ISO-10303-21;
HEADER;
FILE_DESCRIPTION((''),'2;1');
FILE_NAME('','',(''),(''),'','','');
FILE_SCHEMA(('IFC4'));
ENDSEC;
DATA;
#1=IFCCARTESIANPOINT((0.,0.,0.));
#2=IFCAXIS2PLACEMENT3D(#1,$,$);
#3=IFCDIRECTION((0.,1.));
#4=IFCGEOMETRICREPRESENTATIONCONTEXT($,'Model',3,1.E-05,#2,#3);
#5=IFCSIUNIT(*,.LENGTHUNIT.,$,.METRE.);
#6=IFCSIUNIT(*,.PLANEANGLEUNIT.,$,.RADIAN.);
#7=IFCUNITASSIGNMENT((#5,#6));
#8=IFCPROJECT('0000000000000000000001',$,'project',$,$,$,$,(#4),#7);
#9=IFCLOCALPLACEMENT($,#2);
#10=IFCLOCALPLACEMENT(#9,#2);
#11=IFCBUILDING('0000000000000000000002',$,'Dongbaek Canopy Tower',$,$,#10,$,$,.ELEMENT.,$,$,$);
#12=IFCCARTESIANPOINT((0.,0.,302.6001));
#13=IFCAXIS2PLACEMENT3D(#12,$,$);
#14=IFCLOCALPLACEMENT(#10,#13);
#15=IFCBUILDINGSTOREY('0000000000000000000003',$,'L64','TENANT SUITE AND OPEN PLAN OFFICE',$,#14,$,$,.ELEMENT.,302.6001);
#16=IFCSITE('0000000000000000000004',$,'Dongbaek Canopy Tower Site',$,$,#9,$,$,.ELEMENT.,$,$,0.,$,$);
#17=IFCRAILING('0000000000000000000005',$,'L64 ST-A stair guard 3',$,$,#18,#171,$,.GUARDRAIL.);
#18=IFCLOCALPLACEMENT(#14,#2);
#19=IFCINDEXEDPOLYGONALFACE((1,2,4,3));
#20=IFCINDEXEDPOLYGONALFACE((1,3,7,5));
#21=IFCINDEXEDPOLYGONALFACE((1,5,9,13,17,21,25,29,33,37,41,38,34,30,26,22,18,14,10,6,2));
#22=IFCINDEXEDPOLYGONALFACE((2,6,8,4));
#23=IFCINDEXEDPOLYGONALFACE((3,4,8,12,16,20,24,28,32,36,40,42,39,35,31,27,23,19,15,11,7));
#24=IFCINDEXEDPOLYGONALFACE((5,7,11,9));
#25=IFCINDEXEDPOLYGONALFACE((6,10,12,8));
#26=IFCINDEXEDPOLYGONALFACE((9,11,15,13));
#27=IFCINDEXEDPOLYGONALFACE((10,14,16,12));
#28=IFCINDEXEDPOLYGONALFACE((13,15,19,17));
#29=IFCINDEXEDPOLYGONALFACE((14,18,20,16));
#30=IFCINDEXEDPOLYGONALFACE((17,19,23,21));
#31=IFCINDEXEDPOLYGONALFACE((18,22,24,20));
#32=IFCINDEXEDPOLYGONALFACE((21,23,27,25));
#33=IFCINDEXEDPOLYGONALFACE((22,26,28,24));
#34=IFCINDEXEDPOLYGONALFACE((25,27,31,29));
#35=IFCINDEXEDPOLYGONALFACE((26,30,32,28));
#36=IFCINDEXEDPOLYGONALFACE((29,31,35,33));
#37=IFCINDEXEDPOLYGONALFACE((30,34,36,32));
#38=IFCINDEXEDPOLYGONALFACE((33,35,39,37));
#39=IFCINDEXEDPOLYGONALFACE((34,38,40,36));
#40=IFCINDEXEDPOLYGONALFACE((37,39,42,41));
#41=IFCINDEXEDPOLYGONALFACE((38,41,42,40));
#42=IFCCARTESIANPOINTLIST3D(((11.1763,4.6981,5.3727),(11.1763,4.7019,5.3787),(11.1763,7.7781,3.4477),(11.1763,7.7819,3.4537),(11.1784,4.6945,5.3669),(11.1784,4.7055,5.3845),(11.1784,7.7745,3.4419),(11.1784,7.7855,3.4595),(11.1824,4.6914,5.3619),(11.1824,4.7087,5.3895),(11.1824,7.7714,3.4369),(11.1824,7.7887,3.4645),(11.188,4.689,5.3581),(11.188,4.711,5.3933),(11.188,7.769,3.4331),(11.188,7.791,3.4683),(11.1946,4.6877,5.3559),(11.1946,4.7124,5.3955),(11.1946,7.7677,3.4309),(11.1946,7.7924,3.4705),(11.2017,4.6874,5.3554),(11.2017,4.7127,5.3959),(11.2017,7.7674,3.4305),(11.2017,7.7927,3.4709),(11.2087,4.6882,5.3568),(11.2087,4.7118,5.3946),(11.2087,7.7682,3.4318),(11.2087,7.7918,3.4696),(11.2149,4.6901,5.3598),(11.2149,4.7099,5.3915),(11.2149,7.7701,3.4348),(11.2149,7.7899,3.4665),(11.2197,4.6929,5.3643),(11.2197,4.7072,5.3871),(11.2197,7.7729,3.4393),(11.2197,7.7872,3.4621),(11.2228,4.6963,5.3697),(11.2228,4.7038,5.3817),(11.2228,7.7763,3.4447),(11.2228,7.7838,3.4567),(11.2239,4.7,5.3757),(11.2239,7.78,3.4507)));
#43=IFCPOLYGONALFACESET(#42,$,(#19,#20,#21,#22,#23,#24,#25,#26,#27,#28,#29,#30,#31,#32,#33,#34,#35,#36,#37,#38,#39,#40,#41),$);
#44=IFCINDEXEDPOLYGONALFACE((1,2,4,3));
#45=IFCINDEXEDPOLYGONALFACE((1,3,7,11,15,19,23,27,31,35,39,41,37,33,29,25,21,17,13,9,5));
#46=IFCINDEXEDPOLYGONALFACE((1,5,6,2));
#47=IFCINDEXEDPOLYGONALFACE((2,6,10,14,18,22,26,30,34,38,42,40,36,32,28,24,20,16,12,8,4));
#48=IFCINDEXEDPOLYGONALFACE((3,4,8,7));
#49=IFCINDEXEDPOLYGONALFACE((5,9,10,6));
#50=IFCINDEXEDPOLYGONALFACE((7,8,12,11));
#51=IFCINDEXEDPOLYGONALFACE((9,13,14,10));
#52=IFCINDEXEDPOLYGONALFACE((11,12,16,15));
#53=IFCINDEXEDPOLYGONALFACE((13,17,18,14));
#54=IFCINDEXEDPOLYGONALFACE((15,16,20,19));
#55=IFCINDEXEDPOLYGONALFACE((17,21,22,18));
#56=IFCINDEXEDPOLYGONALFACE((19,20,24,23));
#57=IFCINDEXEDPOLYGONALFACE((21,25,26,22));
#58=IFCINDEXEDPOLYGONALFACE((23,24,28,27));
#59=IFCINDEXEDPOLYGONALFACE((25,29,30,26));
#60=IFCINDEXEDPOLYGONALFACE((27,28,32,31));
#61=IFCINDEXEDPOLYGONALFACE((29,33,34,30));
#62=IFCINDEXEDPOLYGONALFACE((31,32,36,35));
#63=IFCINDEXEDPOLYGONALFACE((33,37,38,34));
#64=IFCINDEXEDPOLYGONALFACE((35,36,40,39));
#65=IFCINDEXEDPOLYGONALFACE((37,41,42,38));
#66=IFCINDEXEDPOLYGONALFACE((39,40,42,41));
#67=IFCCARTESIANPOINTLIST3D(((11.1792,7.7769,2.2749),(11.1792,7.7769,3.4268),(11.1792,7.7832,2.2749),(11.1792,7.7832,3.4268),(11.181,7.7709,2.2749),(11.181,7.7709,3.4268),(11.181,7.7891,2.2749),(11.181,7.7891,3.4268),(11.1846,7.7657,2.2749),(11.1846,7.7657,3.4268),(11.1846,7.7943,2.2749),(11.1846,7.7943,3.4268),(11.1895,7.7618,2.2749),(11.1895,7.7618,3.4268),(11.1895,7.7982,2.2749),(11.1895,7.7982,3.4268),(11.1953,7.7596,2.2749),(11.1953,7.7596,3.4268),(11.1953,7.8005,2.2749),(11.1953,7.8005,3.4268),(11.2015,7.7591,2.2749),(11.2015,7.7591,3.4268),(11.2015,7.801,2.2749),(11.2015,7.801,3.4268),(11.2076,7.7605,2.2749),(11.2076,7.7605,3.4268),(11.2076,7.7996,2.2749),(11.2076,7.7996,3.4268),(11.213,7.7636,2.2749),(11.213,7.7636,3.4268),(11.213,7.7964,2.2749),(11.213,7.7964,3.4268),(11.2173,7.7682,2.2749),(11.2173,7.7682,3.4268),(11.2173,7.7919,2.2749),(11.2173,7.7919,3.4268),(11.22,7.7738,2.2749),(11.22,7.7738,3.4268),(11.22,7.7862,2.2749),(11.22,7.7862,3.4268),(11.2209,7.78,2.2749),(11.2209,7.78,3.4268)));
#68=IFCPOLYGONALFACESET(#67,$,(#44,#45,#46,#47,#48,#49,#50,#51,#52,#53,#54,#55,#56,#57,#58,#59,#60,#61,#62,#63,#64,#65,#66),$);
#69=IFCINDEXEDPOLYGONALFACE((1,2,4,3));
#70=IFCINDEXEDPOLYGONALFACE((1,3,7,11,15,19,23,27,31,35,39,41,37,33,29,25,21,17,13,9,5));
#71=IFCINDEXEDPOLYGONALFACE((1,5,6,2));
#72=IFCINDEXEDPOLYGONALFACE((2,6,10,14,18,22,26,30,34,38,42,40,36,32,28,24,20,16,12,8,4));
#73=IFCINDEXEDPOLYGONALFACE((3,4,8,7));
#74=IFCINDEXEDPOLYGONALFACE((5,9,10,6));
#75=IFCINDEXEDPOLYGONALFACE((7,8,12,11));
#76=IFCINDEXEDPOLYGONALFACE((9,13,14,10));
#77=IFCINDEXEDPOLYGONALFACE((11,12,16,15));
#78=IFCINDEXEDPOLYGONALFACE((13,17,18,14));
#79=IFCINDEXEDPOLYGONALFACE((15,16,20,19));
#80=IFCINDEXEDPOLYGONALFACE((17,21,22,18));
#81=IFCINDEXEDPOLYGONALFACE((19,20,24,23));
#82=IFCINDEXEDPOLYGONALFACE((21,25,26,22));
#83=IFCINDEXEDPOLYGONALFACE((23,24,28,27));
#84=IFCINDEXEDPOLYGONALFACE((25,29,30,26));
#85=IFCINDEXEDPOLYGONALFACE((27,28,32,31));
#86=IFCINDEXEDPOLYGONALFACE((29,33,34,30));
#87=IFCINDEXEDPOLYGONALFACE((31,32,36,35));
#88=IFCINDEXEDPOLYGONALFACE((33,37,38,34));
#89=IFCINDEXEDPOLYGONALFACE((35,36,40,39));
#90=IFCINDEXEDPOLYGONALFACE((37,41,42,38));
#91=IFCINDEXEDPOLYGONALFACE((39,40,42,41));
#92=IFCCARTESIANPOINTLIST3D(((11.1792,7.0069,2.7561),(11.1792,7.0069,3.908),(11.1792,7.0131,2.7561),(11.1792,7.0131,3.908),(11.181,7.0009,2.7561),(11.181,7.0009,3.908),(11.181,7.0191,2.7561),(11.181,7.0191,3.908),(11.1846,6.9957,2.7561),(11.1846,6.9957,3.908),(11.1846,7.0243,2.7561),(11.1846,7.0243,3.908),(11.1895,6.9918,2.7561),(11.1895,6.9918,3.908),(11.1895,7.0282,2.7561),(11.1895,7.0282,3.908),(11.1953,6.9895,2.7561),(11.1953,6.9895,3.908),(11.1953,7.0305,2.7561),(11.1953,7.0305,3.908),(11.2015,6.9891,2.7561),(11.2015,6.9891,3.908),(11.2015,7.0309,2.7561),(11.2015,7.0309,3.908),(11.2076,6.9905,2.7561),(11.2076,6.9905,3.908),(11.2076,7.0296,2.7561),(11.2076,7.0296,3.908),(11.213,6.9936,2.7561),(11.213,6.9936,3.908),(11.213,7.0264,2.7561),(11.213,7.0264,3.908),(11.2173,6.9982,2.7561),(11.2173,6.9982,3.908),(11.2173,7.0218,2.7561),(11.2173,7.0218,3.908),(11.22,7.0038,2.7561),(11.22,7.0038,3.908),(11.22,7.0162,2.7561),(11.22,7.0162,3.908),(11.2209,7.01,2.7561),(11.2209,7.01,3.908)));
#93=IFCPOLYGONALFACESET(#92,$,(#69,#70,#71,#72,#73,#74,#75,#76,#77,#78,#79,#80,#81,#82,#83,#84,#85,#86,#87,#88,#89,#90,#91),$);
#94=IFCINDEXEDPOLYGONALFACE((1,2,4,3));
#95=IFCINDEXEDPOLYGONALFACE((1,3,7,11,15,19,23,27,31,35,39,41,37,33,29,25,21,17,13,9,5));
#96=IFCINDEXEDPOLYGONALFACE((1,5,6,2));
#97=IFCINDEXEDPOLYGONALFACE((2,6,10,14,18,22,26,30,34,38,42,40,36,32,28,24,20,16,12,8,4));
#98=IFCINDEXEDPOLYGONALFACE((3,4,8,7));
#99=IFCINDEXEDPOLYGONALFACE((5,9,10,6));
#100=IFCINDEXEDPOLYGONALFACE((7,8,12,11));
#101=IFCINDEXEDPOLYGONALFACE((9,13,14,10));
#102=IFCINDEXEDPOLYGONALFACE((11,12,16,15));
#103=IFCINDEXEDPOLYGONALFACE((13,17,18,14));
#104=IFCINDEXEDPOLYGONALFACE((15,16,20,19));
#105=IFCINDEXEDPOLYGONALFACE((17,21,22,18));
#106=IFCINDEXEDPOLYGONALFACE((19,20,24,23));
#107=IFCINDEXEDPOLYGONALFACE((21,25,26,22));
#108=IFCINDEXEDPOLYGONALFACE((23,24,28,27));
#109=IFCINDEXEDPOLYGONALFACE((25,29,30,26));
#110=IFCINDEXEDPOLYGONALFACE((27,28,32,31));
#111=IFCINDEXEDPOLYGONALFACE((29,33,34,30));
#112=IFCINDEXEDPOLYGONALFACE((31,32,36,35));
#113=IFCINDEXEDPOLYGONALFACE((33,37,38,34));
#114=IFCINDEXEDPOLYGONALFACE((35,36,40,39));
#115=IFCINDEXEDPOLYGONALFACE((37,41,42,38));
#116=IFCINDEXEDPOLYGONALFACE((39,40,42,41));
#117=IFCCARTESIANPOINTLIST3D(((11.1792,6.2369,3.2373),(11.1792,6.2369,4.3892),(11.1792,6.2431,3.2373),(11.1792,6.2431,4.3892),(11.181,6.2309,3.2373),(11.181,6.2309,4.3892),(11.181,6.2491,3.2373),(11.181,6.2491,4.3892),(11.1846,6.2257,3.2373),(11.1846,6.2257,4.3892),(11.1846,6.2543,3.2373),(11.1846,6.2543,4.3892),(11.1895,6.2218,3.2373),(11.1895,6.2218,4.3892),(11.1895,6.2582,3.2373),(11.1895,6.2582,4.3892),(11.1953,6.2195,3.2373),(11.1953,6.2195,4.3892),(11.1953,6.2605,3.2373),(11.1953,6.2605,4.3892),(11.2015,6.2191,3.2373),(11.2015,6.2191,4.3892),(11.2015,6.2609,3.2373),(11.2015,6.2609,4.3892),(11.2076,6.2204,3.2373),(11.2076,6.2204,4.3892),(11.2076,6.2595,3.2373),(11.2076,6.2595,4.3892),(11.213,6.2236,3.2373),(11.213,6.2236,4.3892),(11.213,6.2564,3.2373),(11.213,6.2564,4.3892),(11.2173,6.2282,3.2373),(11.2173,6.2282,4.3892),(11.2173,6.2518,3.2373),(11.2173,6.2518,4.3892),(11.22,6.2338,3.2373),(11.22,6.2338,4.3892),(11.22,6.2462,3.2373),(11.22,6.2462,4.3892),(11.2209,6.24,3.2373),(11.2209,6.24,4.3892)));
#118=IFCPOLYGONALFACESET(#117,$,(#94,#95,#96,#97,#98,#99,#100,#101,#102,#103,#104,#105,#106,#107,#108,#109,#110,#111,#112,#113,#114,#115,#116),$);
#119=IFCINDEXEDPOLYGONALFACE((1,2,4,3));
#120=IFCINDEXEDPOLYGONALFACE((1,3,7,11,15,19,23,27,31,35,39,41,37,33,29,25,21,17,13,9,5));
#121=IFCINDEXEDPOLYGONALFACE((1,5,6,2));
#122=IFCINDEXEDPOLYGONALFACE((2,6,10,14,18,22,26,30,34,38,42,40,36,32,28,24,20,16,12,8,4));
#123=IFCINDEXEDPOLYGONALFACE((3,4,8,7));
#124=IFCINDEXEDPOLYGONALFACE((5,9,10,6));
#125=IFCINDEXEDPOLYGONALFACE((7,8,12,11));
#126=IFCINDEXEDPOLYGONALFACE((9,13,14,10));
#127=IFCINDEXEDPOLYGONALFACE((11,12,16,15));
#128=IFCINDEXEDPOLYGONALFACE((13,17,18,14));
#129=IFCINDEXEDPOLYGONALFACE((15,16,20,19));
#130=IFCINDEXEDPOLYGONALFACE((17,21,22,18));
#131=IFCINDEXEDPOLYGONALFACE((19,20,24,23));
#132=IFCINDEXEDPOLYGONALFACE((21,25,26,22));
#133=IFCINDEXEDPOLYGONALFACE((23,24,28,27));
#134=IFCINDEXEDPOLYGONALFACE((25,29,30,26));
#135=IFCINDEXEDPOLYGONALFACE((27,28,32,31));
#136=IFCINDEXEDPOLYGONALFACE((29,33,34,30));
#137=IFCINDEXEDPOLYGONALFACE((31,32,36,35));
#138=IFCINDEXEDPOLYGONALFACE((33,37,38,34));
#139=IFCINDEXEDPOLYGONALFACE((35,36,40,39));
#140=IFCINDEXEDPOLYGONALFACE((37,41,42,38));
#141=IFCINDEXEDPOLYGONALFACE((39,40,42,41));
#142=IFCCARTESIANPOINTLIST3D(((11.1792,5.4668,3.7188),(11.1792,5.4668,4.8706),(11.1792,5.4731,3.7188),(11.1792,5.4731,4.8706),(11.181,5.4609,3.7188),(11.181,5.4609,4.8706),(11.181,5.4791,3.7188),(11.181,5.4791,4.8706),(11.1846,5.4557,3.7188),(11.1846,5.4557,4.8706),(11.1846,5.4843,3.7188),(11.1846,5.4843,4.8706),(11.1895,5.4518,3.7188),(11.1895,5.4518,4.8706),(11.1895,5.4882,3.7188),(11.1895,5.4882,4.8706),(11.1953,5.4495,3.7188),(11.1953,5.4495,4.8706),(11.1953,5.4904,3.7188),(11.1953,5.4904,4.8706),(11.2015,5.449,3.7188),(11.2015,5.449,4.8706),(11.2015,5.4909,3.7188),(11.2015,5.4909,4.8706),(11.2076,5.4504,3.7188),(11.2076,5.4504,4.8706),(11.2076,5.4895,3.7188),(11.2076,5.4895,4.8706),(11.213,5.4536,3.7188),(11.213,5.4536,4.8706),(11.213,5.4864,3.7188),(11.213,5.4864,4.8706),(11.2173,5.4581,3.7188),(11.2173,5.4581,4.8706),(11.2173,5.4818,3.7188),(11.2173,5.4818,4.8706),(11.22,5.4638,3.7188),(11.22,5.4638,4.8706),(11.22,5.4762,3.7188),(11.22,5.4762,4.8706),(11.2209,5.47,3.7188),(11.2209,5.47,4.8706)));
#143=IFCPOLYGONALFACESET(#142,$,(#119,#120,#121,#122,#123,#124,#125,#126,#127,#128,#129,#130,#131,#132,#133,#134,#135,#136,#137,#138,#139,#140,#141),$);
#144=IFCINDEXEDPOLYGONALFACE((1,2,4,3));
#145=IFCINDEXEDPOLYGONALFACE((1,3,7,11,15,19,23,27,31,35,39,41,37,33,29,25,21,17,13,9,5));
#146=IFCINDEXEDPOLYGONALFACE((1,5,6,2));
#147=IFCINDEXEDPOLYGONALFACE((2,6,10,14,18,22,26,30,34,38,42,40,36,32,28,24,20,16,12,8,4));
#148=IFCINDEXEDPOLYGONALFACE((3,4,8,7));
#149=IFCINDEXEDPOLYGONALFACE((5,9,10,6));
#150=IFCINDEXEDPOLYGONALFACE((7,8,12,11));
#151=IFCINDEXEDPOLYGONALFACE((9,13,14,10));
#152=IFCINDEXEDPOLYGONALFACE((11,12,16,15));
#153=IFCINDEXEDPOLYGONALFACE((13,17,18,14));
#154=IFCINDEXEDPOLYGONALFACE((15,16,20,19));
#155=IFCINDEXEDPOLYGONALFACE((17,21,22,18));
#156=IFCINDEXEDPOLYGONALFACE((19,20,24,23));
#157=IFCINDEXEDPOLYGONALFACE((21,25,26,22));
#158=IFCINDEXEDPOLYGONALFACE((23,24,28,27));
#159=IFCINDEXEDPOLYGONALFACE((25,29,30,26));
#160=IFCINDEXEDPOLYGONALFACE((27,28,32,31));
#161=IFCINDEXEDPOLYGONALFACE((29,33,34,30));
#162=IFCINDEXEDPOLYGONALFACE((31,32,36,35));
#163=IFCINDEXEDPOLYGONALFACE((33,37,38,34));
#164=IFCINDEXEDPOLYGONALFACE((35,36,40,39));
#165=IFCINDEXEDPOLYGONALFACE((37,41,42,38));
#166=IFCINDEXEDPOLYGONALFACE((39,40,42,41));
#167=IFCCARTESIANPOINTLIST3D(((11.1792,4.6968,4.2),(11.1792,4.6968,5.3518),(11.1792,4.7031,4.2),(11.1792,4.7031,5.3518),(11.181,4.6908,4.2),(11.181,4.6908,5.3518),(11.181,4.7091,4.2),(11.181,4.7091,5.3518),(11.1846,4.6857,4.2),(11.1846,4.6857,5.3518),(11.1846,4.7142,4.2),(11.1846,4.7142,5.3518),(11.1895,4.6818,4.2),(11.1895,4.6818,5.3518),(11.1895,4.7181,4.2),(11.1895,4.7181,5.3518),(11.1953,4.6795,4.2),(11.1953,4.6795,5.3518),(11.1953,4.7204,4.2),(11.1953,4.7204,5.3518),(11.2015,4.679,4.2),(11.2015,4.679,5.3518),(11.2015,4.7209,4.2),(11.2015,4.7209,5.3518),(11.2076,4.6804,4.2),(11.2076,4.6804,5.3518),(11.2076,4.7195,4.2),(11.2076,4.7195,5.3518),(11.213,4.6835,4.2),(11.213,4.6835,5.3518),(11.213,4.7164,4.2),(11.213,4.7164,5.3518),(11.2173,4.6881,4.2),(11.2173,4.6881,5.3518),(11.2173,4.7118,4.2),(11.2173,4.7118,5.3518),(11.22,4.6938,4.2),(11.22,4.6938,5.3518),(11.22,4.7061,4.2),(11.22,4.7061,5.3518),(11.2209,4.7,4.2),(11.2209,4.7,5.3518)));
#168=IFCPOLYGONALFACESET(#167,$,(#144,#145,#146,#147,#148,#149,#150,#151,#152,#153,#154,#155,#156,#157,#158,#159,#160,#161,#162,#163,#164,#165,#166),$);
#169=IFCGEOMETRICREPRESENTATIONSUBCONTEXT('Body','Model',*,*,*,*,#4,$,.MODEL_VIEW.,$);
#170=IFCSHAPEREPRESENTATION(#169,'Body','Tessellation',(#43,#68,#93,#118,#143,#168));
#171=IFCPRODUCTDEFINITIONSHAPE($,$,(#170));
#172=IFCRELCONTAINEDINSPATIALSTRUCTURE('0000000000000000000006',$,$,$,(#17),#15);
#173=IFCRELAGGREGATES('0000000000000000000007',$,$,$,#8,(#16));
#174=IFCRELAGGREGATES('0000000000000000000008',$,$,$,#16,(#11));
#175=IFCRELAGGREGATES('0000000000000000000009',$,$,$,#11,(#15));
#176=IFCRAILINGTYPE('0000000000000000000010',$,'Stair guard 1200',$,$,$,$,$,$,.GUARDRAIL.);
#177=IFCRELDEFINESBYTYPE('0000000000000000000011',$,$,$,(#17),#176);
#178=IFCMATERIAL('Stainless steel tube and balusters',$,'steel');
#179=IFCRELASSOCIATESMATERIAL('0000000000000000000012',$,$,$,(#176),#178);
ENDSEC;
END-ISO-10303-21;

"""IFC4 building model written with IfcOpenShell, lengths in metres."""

from ifc_helpers import new_model, si_unit, direction, frame, origin, origin_2d, place, context, subcontext, project, spatial, circle, extrude, material, type_object, element, save


model = new_model("IFC4")

# Units and contexts
model_context = context("Model", 3, precision=1e-05, world=origin(), true_north=direction((0.0, 1.0)))
body_context = subcontext(model_context, "Body", "Model", "MODEL_VIEW")
ifc_project = project(units=[si_unit("LENGTHUNIT", "METRE"), si_unit("PLANEANGLEUNIT", "RADIAN")], contexts=[model_context])

# Site, building, storey
site_placement = place(None, origin())
site = spatial("IfcSite", under=ifc_project, at=site_placement, Name="Dongbaek Canopy Tower Site", CompositionType="ELEMENT", RefElevation=0.0)
building_placement = place(site_placement, origin())
building = spatial("IfcBuilding", under=site, at=building_placement, Name="Dongbaek Canopy Tower", CompositionType="ELEMENT")
storey_placement = place(building_placement, frame((0.0, 0.0, 302.6001)))
storey = spatial("IfcBuildingStorey", under=building, at=storey_placement, Name="L64", Description="TENANT SUITE AND OPEN PLAN OFFICE", CompositionType="ELEMENT", Elevation=302.6001)

# Railing
ifc_material_1 = material(Name="Stainless steel tube and balusters", Category="steel")
railing_type_1 = type_object("IfcRailingType", Name="Stair guard 1200", PredefinedType="GUARDRAIL", material=ifc_material_1)
railing_1_placement = place(storey_placement, frame((11.2, 7.78, 2.2749)))
element("IfcRailing", 1, at=railing_1_placement, inside=storey, type_object=railing_type_1, Name="L64 ST-A stair guard 3", PredefinedType="GUARDRAIL", context=body_context, shape_type="SweptSolid", body=[
    extrude(circle(Radius=0.0239, at=origin_2d()), frame((0.0, 0.0, 1.1758), z_axis=(0.0, -0.847998, 0.529999), x_axis=(1.0, 0.0, 0.0)), (0.0, 0.0, 1.0), 3.6321),
    extrude(circle(Radius=0.021, at=origin_2d()), origin(), (0.0, 0.0, 1.0), 1.1519),
    extrude(circle(Radius=0.021, at=origin_2d()), frame((0.0, -0.77, 0.4812)), (0.0, 0.0, 1.0), 1.1519),
    extrude(circle(Radius=0.021, at=origin_2d()), frame((0.0, -1.54, 0.9624)), (0.0, 0.0, 1.0), 1.1519),
    extrude(circle(Radius=0.021, at=origin_2d()), frame((0.0, -2.3101, 1.4438)), (0.0, 0.0, 1.0), 1.1519),
    extrude(circle(Radius=0.021, at=origin_2d()), frame((0.0, -3.0801, 1.925)), (0.0, 0.0, 1.0), 1.1519),
])

save(model, "model.ifc")
